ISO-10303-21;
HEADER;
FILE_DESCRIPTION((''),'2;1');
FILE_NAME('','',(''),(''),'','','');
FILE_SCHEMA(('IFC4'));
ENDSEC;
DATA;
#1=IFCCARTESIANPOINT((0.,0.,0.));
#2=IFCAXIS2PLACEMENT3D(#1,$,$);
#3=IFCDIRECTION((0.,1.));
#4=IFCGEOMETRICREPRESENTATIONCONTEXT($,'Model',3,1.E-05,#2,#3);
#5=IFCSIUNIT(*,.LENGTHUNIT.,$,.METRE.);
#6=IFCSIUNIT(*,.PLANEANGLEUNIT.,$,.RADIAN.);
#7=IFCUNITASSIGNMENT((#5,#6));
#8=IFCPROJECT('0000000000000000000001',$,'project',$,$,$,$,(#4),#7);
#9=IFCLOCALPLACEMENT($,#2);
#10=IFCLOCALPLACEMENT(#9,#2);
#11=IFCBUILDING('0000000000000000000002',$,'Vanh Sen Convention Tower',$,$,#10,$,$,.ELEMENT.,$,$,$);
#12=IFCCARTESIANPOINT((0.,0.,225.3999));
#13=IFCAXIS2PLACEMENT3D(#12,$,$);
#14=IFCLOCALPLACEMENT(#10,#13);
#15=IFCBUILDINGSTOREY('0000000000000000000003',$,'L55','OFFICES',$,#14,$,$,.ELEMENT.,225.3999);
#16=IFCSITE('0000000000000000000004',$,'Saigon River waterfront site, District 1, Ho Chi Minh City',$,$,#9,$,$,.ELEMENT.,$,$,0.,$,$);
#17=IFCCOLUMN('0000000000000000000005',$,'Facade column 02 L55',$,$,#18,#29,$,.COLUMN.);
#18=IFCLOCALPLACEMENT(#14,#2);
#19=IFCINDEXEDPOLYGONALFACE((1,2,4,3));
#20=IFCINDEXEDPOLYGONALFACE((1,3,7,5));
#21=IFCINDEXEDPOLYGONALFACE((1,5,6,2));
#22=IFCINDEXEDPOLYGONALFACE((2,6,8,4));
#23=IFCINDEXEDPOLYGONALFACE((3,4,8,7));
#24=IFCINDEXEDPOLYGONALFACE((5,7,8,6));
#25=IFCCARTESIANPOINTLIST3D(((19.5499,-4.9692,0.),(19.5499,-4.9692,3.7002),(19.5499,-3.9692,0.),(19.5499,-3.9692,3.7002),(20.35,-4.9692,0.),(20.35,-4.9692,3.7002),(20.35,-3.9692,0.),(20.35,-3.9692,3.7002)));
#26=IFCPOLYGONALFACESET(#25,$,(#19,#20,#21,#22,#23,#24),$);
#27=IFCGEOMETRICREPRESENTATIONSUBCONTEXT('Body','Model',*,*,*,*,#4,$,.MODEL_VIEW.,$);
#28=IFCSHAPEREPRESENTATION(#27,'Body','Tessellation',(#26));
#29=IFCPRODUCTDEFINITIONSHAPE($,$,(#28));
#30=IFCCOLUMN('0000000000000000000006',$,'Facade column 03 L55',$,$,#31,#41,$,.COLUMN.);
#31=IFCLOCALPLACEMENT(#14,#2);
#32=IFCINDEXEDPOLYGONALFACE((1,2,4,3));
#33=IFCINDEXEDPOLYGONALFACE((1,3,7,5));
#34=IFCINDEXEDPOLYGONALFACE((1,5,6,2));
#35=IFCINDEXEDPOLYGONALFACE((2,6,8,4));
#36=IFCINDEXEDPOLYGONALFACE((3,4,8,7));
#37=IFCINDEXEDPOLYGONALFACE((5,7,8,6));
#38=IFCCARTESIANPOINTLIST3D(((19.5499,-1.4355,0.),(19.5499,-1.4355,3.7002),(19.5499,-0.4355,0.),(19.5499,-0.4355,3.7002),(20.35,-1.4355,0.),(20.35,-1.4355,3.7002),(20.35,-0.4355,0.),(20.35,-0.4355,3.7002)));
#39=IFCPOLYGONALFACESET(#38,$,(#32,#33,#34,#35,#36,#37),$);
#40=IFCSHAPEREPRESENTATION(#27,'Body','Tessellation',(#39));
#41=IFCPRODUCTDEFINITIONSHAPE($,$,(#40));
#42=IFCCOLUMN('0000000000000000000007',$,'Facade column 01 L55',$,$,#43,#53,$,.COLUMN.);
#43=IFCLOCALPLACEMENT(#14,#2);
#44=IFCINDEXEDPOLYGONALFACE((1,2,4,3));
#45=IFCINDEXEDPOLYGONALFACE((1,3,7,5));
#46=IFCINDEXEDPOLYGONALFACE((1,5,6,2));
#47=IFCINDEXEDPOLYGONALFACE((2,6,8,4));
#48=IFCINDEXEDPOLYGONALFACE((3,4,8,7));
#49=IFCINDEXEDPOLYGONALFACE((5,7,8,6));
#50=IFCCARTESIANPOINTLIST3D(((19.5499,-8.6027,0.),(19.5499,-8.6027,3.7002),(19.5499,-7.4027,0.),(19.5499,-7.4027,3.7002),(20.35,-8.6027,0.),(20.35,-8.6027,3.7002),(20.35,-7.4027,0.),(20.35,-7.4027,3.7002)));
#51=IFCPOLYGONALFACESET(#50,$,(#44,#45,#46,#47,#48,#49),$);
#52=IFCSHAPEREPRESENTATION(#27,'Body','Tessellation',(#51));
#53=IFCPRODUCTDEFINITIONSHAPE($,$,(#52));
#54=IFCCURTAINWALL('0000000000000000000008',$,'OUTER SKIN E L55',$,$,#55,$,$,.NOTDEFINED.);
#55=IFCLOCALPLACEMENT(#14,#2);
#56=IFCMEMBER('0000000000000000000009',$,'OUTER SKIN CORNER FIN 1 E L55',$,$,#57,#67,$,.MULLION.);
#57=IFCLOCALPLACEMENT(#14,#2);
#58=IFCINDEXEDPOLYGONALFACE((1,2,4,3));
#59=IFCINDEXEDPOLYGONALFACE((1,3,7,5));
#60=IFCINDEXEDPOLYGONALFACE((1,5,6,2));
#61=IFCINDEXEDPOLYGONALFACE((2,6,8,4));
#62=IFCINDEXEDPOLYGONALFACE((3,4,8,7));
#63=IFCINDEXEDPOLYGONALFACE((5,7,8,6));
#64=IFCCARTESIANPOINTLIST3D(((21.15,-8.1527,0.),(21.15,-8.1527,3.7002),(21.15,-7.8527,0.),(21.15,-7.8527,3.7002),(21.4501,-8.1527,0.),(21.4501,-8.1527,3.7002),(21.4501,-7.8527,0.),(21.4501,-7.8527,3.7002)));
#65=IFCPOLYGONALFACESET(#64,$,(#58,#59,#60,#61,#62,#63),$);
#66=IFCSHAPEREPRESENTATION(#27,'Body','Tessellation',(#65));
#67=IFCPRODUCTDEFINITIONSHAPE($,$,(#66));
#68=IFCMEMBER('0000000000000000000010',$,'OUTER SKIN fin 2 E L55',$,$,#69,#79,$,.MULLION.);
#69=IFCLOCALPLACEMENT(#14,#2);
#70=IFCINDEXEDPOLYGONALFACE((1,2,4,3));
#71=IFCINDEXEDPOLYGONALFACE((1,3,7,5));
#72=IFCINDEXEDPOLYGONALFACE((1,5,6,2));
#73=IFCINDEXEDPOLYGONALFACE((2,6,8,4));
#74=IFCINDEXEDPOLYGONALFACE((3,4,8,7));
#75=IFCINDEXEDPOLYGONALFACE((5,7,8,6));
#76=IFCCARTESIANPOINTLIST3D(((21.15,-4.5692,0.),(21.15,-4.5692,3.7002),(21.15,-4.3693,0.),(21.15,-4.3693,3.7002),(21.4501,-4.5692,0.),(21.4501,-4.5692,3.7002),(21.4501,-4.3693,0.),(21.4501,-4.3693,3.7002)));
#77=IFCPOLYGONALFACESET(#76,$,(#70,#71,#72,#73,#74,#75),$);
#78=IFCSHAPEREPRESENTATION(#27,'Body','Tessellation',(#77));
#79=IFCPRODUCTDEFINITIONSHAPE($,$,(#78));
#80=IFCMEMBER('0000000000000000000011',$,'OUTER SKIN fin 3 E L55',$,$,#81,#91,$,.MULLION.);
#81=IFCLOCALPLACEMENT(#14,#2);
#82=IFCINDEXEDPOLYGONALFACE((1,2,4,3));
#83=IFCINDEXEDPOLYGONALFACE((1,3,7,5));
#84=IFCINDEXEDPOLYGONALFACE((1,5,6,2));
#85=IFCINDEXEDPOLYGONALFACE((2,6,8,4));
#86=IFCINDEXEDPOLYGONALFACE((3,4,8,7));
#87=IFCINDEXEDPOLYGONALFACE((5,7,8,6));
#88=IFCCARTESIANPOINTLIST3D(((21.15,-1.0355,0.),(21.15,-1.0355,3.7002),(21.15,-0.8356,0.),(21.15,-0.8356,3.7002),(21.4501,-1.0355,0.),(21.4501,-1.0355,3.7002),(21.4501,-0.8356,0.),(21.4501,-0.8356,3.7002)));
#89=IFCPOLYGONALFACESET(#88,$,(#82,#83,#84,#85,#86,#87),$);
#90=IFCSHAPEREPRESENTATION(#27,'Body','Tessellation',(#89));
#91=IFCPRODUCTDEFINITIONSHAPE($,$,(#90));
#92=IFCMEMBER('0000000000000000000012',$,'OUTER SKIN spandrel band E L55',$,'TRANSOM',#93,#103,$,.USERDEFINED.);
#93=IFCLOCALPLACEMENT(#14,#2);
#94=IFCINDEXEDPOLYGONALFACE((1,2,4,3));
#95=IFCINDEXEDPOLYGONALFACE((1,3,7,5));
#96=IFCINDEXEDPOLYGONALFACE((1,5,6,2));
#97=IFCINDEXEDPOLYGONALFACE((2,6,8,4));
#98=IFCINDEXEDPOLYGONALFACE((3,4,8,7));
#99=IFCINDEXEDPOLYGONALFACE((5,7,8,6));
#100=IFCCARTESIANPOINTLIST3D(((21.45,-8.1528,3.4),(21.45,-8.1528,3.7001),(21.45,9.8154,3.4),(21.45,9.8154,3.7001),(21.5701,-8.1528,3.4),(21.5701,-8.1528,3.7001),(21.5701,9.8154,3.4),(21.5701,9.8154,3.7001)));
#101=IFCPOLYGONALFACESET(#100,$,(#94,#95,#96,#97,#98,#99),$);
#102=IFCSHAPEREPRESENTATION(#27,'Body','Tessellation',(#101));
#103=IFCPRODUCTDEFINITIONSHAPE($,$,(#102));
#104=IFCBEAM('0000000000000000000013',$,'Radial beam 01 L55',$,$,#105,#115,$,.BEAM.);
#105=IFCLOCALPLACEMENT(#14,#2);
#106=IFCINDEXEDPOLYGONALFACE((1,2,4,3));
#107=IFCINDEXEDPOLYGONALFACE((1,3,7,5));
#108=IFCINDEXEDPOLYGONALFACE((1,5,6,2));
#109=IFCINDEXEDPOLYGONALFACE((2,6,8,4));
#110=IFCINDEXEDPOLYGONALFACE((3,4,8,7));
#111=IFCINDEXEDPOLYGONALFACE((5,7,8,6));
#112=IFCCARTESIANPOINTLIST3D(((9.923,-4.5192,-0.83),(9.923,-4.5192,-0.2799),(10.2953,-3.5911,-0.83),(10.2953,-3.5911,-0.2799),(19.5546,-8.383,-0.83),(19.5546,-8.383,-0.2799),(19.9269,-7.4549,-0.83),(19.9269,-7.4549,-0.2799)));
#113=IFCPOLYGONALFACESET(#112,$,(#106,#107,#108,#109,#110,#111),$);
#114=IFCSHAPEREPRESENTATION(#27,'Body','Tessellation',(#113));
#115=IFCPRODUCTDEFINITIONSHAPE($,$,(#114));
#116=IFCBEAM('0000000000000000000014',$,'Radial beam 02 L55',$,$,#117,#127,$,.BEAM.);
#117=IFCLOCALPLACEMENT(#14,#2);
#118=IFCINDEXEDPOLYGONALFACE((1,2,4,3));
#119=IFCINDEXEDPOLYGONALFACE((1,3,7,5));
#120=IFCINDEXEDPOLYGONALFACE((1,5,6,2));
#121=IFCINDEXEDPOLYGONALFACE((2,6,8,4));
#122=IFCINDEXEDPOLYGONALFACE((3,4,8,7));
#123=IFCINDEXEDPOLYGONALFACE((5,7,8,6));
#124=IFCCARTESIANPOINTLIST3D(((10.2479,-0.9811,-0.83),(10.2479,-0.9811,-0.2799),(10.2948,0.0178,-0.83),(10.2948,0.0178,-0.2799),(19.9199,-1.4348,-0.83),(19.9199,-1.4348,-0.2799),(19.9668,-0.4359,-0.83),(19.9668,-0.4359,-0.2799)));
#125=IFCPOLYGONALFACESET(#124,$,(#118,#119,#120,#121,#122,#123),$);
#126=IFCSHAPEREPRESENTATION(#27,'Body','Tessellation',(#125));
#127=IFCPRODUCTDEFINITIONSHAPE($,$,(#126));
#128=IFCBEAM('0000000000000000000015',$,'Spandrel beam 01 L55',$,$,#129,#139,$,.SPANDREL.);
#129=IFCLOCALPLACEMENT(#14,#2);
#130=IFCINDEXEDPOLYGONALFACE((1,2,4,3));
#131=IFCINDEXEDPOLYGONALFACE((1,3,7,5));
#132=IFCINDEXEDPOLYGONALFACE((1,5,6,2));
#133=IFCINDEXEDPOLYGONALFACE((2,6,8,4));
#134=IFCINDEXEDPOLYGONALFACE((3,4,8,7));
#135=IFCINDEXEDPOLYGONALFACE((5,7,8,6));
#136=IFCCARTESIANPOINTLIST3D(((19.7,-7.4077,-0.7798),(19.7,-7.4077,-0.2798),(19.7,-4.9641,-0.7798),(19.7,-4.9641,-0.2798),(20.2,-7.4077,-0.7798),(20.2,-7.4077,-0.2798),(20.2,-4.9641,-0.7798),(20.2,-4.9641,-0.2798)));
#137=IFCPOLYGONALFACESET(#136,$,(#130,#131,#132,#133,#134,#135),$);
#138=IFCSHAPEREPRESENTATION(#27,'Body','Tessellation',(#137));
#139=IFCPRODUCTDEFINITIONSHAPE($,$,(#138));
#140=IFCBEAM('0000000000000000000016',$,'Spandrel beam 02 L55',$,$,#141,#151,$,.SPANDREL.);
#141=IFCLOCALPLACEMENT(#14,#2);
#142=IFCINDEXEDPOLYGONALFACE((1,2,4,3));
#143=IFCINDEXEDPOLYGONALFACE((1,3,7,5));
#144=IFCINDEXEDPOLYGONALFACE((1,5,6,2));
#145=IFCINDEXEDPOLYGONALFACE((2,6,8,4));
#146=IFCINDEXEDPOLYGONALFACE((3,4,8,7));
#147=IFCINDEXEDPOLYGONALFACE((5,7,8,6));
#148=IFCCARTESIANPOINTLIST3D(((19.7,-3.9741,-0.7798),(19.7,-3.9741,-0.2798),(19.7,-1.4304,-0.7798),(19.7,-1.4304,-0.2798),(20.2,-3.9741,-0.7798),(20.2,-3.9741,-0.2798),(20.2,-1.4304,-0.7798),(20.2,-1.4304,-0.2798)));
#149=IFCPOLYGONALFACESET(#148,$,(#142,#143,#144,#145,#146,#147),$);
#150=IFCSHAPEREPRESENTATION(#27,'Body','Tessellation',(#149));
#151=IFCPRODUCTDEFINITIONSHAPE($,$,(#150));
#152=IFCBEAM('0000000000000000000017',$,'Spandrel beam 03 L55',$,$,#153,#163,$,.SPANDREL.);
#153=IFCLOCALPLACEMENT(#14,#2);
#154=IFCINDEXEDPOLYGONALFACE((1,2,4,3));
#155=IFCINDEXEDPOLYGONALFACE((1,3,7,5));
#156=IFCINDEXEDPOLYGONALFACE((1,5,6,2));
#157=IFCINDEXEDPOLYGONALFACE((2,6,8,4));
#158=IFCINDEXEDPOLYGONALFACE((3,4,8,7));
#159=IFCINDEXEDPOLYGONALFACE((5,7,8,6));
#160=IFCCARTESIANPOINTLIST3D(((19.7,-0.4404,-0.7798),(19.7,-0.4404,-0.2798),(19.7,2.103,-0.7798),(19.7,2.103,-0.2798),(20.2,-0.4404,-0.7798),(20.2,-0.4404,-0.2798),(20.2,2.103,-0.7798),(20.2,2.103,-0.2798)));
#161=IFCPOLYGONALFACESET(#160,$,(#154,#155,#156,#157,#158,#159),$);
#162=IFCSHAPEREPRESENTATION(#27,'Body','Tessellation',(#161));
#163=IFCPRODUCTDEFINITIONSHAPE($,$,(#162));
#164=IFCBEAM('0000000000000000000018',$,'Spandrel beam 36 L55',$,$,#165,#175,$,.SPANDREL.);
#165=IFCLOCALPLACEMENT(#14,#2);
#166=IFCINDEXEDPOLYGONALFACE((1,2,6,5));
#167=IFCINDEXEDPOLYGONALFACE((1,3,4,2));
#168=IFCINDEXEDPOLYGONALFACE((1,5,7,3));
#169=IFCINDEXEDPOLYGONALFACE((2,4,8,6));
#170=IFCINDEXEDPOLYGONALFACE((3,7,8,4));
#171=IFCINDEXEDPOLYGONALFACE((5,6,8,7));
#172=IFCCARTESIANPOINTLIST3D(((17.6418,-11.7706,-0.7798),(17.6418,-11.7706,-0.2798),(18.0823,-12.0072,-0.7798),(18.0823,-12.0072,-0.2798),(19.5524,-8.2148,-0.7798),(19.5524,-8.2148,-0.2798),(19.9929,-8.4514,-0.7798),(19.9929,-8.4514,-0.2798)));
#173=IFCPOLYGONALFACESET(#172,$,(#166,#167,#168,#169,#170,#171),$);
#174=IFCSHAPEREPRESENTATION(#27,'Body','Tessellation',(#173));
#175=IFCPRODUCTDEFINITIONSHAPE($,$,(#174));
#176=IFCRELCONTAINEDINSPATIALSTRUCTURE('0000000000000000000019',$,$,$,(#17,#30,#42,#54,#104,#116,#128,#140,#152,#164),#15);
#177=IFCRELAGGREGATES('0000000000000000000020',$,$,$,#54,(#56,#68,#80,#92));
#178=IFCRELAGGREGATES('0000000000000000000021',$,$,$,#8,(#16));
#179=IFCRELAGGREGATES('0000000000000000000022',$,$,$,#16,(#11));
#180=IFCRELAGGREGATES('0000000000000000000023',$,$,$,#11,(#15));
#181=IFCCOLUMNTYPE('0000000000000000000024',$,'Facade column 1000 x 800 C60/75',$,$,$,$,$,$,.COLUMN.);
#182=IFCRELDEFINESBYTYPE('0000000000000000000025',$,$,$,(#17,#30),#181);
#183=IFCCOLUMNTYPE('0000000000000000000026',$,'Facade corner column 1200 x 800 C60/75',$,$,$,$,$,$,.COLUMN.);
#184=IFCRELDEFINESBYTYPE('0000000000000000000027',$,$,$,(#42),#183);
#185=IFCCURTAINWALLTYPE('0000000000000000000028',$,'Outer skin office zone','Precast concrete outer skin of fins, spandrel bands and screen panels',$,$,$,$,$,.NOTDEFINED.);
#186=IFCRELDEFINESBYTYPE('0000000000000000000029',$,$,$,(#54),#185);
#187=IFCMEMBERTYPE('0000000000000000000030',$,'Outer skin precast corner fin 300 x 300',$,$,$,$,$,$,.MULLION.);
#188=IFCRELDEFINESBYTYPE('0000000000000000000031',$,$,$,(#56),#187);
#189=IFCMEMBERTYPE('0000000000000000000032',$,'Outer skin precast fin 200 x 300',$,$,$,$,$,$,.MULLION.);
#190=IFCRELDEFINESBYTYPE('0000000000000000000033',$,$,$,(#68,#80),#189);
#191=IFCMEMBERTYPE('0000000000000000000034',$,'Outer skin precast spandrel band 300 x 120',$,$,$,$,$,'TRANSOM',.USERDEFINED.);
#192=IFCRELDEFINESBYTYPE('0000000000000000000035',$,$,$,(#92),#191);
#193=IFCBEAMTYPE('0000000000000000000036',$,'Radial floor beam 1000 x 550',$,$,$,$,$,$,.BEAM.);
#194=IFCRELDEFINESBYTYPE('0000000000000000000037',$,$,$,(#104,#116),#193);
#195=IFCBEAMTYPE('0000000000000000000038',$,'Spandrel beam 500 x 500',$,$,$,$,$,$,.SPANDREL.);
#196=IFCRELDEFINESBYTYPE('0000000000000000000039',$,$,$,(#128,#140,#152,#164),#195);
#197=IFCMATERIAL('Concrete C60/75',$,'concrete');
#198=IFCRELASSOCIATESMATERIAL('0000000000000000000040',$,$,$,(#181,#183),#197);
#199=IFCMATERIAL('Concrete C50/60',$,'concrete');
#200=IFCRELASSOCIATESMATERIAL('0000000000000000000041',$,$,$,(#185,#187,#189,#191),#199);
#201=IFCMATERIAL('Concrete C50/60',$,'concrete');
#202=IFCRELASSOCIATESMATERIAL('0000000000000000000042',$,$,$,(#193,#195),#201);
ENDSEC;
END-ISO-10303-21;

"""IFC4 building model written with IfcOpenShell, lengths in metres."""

from ifc_helpers import new_model, si_unit, direction, frame, origin, origin_2d, place, context, subcontext, project, spatial, rectangle, extrude, material, material_profile, profile_set, type_object, element, aggregate, save


model = new_model("IFC4")

# Units and contexts
model_context = context("Model", 3, precision=1e-05, world=origin(), true_north=direction((0.0, 1.0)))
body_context = subcontext(model_context, "Body", "Model", "MODEL_VIEW")
ifc_project = project(units=[si_unit("LENGTHUNIT", "METRE"), si_unit("PLANEANGLEUNIT", "RADIAN")], contexts=[model_context])

# Site, building, storey
site_placement = place(None, origin())
site = spatial("IfcSite", under=ifc_project, at=site_placement, Name="Saigon River waterfront site, District 1, Ho Chi Minh City", CompositionType="ELEMENT", RefElevation=0.0)
building_placement = place(site_placement, origin())
building = spatial("IfcBuilding", under=site, at=building_placement, Name="Vanh Sen Convention Tower", CompositionType="ELEMENT")
storey_placement = place(building_placement, frame((0.0, 0.0, 225.3999)))
storey = spatial("IfcBuildingStorey", under=building, at=storey_placement, Name="L55", Description="OFFICES", CompositionType="ELEMENT", Elevation=225.3999)

# Columns
ifc_material_1 = material(Name="Concrete C60/75", Category="concrete")
ifc_material_profile_1 = material_profile(ifc_material_1, rectangle(XDim=1.0, YDim=0.8, at=origin_2d()), Name="RC 1000X800")
ifc_profile_set_1 = profile_set([ifc_material_profile_1], Name="Concrete C60/75")
column_type_1 = type_object("IfcColumnType", Name="Facade column 1000 x 800 C60/75", PredefinedType="COLUMN", material=ifc_profile_set_1)
for number, where, z_axis, x_axis, name in (
    (1, (19.95, -4.4692, 0.0), (0.0, 0.0, 1.0), (0.0, 1.0, 0.0), "Facade column 02 L55"),
    (2, (19.95, -0.9355, 0.0), (0.0, 0.0, 1.0), (0.0, 1.0, 0.0), "Facade column 03 L55"),
):
    element("IfcColumn", number, at=place(storey_placement, frame(where, z_axis=z_axis, x_axis=x_axis)), inside=storey, type_object=column_type_1, Name=name, PredefinedType="COLUMN", context=body_context, shape_type="SweptSolid", body=[
        extrude(rectangle(XDim=1.0, YDim=0.8, at=origin_2d()), origin(), (0.0, 0.0, 1.0), 3.7002),
    ])
ifc_material_profile_2 = material_profile(ifc_material_1, rectangle(XDim=1.2, YDim=0.8, at=origin_2d()), Name="RC 1200X800")
ifc_profile_set_2 = profile_set([ifc_material_profile_2], Name="Concrete C60/75")
column_type_2 = type_object("IfcColumnType", Name="Facade corner column 1200 x 800 C60/75", PredefinedType="COLUMN", material=ifc_profile_set_2)
column_placement = place(storey_placement, frame((19.95, -8.0027, 0.0), z_axis=(0.0, 0.0, 1.0), x_axis=(0.0, 1.0, 0.0)))
element("IfcColumn", 3, at=column_placement, inside=storey, type_object=column_type_2, Name="Facade column 01 L55", PredefinedType="COLUMN", context=body_context, shape_type="SweptSolid", body=[
    extrude(rectangle(XDim=1.2, YDim=0.8, at=origin_2d()), origin(), (0.0, 0.0, 1.0), 3.7002),
])

# Curtain wall, members
ifc_material_2 = material(Name="Concrete C50/60", Category="concrete")
curtain_wall_type = type_object("IfcCurtainWallType", Name="Outer skin office zone", Description="Precast concrete outer skin of fins, spandrel bands and screen panels", PredefinedType="NOTDEFINED", material=ifc_material_2)
curtain_wall_1_placement = place(storey_placement, origin())
curtain_wall_1 = element("IfcCurtainWall", 4, at=curtain_wall_1_placement, inside=storey, type_object=curtain_wall_type, Name="OUTER SKIN E L55", PredefinedType="NOTDEFINED")
ifc_material_profile_3 = material_profile(ifc_material_2, rectangle(XDim=0.3, YDim=0.3, at=origin_2d()), Name="Outer skin precast corner fin 300 x 300")
ifc_profile_set_3 = profile_set([ifc_material_profile_3], Name="Concrete C50/60")
member_type_1 = type_object("IfcMemberType", Name="Outer skin precast corner fin 300 x 300", PredefinedType="MULLION", material=ifc_profile_set_3)
member_1_placement = place(storey_placement, frame((21.3, -8.0027, 0.0), z_axis=(0.0, 0.0, 1.0), x_axis=(0.0, 1.0, 0.0)))
member_1 = element("IfcMember", 5, at=member_1_placement, type_object=member_type_1, Name="OUTER SKIN CORNER FIN 1 E L55", PredefinedType="MULLION", context=body_context, shape_type="SweptSolid", body=[
    extrude(rectangle(XDim=0.3, YDim=0.3, at=origin_2d()), origin(), (0.0, 0.0, 1.0), 3.7002),
])
ifc_material_profile_4 = material_profile(ifc_material_2, rectangle(XDim=0.2, YDim=0.3, at=origin_2d()), Name="Outer skin precast fin 200 x 300")
ifc_profile_set_4 = profile_set([ifc_material_profile_4], Name="Concrete C50/60")
member_type_2 = type_object("IfcMemberType", Name="Outer skin precast fin 200 x 300", PredefinedType="MULLION", material=ifc_profile_set_4)
member_2_placement = place(storey_placement, frame((21.3, -4.4692, 0.0), z_axis=(0.0, 0.0, 1.0), x_axis=(0.0, 1.0, 0.0)))
member_2 = element("IfcMember", 6, at=member_2_placement, type_object=member_type_2, Name="OUTER SKIN fin 2 E L55", PredefinedType="MULLION", context=body_context, shape_type="SweptSolid", body=[
    extrude(rectangle(XDim=0.2, YDim=0.3, at=origin_2d()), origin(), (0.0, 0.0, 1.0), 3.7002),
])
member_3_placement = place(storey_placement, frame((21.3, -0.9355, 0.0), z_axis=(0.0, 0.0, 1.0), x_axis=(0.0, 1.0, 0.0)))
member_3 = element("IfcMember", 7, at=member_3_placement, type_object=member_type_2, Name="OUTER SKIN fin 3 E L55", PredefinedType="MULLION", context=body_context, shape_type="SweptSolid", body=[
    extrude(rectangle(XDim=0.2, YDim=0.3, at=origin_2d()), origin(), (0.0, 0.0, 1.0), 3.7002),
])
ifc_material_profile_5 = material_profile(ifc_material_2, rectangle(XDim=0.1201, YDim=0.3, at=origin_2d()), Name="Outer skin precast spandrel band 300 x 120")
ifc_profile_set_5 = profile_set([ifc_material_profile_5], Name="Concrete C50/60")
member_type_3 = type_object("IfcMemberType", Name="Outer skin precast spandrel band 300 x 120", ElementType="TRANSOM", PredefinedType="USERDEFINED", material=ifc_profile_set_5)
member_4_placement = place(storey_placement, frame((21.51, -8.1528, 3.55), z_axis=(0.0, 1.0, 0.0), x_axis=(-1.0, 0.0, 0.0)))
member_4 = element("IfcMember", 8, at=member_4_placement, type_object=member_type_3, Name="OUTER SKIN spandrel band E L55", ObjectType="TRANSOM", PredefinedType="USERDEFINED", context=body_context, shape_type="SweptSolid", body=[
    extrude(rectangle(XDim=0.1201, YDim=0.3, at=origin_2d()), origin(), (0.0, 0.0, 1.0), 17.9683),
])

# Beams
ifc_material_3 = material(Name="Concrete C50/60", Category="concrete")
ifc_material_profile_6 = material_profile(ifc_material_3, rectangle(XDim=1.0, YDim=0.55, at=origin_2d()), Name="RC 1000X550")
ifc_profile_set_6 = profile_set([ifc_material_profile_6], Name="Concrete C50/60")
beam_type_1 = type_object("IfcBeamType", Name="Radial floor beam 1000 x 550", PredefinedType="BEAM", material=ifc_profile_set_6)
beam_1_placement = place(storey_placement, frame((19.7407, -7.9189, -0.5549), z_axis=(-0.928106, 0.372315, 0.0), x_axis=(-0.372315, -0.928106, 0.0)))
element("IfcBeam", 9, at=beam_1_placement, inside=storey, type_object=beam_type_1, Name="Radial beam 01 L55", PredefinedType="BEAM", context=body_context, shape_type="SweptSolid", body=[
    extrude(rectangle(XDim=1.0, YDim=0.55, at=origin_2d()), origin(), (0.0, 0.0, 1.0), 10.3777),
])
beam_2_placement = place(storey_placement, frame((19.9434, -0.9353, -0.5549), z_axis=(-0.998902, 0.046849, 0.0), x_axis=(-0.046849, -0.998902, 0.0)))
element("IfcBeam", 10, at=beam_2_placement, inside=storey, type_object=beam_type_1, Name="Radial beam 02 L55", PredefinedType="BEAM", context=body_context, shape_type="SweptSolid", body=[
    extrude(rectangle(XDim=1.0, YDim=0.55, at=origin_2d()), origin(), (0.0, 0.0, 1.0), 9.6826),
])
ifc_material_profile_7 = material_profile(ifc_material_3, rectangle(XDim=0.5, YDim=0.5, at=origin_2d()), Name="RC 500X500")
ifc_profile_set_7 = profile_set([ifc_material_profile_7], Name="Concrete C50/60")
beam_type_2 = type_object("IfcBeamType", Name="Spandrel beam 500 x 500", PredefinedType="SPANDREL", material=ifc_profile_set_7)
beam_3_placement = place(storey_placement, frame((19.95, -7.4077, -0.5298), z_axis=(0.0, 1.0, 0.0), x_axis=(-1.0, 0.0, 0.0)))
element("IfcBeam", 11, at=beam_3_placement, inside=storey, type_object=beam_type_2, Name="Spandrel beam 01 L55", PredefinedType="SPANDREL", context=body_context, shape_type="SweptSolid", body=[
    extrude(rectangle(XDim=0.5, YDim=0.5, at=origin_2d()), origin(), (0.0, 0.0, 1.0), 2.4436),
])
beam_4_placement = place(storey_placement, frame((19.95, -3.9741, -0.5298), z_axis=(0.0, 1.0, 0.0), x_axis=(-1.0, 0.0, 0.0)))
element("IfcBeam", 12, at=beam_4_placement, inside=storey, type_object=beam_type_2, Name="Spandrel beam 02 L55", PredefinedType="SPANDREL", context=body_context, shape_type="SweptSolid", body=[
    extrude(rectangle(XDim=0.5, YDim=0.5, at=origin_2d()), origin(), (0.0, 0.0, 1.0), 2.5437),
])
beam_5_placement = place(storey_placement, frame((19.95, -0.4404, -0.5298), z_axis=(0.0, 1.0, 0.0), x_axis=(-1.0, 0.0, 0.0)))
element("IfcBeam", 13, at=beam_5_placement, inside=storey, type_object=beam_type_2, Name="Spandrel beam 03 L55", PredefinedType="SPANDREL", context=body_context, shape_type="SweptSolid", body=[
    extrude(rectangle(XDim=0.5, YDim=0.5, at=origin_2d()), origin(), (0.0, 0.0, 1.0), 2.5435),
])
beam_6_placement = place(storey_placement, frame((17.8621, -11.8889, -0.5298), z_axis=(0.473317, 0.880892, 0.0), x_axis=(-0.880892, 0.473317, 0.0)))
element("IfcBeam", 14, at=beam_6_placement, inside=storey, type_object=beam_type_2, Name="Spandrel beam 36 L55", PredefinedType="SPANDREL", context=body_context, shape_type="SweptSolid", body=[
    extrude(rectangle(XDim=0.5, YDim=0.5, at=origin_2d()), origin(), (0.0, 0.0, 1.0), 4.0366),
])

aggregate(curtain_wall_1, [member_1, member_2, member_3, member_4])

save(model, "model.ifc")
